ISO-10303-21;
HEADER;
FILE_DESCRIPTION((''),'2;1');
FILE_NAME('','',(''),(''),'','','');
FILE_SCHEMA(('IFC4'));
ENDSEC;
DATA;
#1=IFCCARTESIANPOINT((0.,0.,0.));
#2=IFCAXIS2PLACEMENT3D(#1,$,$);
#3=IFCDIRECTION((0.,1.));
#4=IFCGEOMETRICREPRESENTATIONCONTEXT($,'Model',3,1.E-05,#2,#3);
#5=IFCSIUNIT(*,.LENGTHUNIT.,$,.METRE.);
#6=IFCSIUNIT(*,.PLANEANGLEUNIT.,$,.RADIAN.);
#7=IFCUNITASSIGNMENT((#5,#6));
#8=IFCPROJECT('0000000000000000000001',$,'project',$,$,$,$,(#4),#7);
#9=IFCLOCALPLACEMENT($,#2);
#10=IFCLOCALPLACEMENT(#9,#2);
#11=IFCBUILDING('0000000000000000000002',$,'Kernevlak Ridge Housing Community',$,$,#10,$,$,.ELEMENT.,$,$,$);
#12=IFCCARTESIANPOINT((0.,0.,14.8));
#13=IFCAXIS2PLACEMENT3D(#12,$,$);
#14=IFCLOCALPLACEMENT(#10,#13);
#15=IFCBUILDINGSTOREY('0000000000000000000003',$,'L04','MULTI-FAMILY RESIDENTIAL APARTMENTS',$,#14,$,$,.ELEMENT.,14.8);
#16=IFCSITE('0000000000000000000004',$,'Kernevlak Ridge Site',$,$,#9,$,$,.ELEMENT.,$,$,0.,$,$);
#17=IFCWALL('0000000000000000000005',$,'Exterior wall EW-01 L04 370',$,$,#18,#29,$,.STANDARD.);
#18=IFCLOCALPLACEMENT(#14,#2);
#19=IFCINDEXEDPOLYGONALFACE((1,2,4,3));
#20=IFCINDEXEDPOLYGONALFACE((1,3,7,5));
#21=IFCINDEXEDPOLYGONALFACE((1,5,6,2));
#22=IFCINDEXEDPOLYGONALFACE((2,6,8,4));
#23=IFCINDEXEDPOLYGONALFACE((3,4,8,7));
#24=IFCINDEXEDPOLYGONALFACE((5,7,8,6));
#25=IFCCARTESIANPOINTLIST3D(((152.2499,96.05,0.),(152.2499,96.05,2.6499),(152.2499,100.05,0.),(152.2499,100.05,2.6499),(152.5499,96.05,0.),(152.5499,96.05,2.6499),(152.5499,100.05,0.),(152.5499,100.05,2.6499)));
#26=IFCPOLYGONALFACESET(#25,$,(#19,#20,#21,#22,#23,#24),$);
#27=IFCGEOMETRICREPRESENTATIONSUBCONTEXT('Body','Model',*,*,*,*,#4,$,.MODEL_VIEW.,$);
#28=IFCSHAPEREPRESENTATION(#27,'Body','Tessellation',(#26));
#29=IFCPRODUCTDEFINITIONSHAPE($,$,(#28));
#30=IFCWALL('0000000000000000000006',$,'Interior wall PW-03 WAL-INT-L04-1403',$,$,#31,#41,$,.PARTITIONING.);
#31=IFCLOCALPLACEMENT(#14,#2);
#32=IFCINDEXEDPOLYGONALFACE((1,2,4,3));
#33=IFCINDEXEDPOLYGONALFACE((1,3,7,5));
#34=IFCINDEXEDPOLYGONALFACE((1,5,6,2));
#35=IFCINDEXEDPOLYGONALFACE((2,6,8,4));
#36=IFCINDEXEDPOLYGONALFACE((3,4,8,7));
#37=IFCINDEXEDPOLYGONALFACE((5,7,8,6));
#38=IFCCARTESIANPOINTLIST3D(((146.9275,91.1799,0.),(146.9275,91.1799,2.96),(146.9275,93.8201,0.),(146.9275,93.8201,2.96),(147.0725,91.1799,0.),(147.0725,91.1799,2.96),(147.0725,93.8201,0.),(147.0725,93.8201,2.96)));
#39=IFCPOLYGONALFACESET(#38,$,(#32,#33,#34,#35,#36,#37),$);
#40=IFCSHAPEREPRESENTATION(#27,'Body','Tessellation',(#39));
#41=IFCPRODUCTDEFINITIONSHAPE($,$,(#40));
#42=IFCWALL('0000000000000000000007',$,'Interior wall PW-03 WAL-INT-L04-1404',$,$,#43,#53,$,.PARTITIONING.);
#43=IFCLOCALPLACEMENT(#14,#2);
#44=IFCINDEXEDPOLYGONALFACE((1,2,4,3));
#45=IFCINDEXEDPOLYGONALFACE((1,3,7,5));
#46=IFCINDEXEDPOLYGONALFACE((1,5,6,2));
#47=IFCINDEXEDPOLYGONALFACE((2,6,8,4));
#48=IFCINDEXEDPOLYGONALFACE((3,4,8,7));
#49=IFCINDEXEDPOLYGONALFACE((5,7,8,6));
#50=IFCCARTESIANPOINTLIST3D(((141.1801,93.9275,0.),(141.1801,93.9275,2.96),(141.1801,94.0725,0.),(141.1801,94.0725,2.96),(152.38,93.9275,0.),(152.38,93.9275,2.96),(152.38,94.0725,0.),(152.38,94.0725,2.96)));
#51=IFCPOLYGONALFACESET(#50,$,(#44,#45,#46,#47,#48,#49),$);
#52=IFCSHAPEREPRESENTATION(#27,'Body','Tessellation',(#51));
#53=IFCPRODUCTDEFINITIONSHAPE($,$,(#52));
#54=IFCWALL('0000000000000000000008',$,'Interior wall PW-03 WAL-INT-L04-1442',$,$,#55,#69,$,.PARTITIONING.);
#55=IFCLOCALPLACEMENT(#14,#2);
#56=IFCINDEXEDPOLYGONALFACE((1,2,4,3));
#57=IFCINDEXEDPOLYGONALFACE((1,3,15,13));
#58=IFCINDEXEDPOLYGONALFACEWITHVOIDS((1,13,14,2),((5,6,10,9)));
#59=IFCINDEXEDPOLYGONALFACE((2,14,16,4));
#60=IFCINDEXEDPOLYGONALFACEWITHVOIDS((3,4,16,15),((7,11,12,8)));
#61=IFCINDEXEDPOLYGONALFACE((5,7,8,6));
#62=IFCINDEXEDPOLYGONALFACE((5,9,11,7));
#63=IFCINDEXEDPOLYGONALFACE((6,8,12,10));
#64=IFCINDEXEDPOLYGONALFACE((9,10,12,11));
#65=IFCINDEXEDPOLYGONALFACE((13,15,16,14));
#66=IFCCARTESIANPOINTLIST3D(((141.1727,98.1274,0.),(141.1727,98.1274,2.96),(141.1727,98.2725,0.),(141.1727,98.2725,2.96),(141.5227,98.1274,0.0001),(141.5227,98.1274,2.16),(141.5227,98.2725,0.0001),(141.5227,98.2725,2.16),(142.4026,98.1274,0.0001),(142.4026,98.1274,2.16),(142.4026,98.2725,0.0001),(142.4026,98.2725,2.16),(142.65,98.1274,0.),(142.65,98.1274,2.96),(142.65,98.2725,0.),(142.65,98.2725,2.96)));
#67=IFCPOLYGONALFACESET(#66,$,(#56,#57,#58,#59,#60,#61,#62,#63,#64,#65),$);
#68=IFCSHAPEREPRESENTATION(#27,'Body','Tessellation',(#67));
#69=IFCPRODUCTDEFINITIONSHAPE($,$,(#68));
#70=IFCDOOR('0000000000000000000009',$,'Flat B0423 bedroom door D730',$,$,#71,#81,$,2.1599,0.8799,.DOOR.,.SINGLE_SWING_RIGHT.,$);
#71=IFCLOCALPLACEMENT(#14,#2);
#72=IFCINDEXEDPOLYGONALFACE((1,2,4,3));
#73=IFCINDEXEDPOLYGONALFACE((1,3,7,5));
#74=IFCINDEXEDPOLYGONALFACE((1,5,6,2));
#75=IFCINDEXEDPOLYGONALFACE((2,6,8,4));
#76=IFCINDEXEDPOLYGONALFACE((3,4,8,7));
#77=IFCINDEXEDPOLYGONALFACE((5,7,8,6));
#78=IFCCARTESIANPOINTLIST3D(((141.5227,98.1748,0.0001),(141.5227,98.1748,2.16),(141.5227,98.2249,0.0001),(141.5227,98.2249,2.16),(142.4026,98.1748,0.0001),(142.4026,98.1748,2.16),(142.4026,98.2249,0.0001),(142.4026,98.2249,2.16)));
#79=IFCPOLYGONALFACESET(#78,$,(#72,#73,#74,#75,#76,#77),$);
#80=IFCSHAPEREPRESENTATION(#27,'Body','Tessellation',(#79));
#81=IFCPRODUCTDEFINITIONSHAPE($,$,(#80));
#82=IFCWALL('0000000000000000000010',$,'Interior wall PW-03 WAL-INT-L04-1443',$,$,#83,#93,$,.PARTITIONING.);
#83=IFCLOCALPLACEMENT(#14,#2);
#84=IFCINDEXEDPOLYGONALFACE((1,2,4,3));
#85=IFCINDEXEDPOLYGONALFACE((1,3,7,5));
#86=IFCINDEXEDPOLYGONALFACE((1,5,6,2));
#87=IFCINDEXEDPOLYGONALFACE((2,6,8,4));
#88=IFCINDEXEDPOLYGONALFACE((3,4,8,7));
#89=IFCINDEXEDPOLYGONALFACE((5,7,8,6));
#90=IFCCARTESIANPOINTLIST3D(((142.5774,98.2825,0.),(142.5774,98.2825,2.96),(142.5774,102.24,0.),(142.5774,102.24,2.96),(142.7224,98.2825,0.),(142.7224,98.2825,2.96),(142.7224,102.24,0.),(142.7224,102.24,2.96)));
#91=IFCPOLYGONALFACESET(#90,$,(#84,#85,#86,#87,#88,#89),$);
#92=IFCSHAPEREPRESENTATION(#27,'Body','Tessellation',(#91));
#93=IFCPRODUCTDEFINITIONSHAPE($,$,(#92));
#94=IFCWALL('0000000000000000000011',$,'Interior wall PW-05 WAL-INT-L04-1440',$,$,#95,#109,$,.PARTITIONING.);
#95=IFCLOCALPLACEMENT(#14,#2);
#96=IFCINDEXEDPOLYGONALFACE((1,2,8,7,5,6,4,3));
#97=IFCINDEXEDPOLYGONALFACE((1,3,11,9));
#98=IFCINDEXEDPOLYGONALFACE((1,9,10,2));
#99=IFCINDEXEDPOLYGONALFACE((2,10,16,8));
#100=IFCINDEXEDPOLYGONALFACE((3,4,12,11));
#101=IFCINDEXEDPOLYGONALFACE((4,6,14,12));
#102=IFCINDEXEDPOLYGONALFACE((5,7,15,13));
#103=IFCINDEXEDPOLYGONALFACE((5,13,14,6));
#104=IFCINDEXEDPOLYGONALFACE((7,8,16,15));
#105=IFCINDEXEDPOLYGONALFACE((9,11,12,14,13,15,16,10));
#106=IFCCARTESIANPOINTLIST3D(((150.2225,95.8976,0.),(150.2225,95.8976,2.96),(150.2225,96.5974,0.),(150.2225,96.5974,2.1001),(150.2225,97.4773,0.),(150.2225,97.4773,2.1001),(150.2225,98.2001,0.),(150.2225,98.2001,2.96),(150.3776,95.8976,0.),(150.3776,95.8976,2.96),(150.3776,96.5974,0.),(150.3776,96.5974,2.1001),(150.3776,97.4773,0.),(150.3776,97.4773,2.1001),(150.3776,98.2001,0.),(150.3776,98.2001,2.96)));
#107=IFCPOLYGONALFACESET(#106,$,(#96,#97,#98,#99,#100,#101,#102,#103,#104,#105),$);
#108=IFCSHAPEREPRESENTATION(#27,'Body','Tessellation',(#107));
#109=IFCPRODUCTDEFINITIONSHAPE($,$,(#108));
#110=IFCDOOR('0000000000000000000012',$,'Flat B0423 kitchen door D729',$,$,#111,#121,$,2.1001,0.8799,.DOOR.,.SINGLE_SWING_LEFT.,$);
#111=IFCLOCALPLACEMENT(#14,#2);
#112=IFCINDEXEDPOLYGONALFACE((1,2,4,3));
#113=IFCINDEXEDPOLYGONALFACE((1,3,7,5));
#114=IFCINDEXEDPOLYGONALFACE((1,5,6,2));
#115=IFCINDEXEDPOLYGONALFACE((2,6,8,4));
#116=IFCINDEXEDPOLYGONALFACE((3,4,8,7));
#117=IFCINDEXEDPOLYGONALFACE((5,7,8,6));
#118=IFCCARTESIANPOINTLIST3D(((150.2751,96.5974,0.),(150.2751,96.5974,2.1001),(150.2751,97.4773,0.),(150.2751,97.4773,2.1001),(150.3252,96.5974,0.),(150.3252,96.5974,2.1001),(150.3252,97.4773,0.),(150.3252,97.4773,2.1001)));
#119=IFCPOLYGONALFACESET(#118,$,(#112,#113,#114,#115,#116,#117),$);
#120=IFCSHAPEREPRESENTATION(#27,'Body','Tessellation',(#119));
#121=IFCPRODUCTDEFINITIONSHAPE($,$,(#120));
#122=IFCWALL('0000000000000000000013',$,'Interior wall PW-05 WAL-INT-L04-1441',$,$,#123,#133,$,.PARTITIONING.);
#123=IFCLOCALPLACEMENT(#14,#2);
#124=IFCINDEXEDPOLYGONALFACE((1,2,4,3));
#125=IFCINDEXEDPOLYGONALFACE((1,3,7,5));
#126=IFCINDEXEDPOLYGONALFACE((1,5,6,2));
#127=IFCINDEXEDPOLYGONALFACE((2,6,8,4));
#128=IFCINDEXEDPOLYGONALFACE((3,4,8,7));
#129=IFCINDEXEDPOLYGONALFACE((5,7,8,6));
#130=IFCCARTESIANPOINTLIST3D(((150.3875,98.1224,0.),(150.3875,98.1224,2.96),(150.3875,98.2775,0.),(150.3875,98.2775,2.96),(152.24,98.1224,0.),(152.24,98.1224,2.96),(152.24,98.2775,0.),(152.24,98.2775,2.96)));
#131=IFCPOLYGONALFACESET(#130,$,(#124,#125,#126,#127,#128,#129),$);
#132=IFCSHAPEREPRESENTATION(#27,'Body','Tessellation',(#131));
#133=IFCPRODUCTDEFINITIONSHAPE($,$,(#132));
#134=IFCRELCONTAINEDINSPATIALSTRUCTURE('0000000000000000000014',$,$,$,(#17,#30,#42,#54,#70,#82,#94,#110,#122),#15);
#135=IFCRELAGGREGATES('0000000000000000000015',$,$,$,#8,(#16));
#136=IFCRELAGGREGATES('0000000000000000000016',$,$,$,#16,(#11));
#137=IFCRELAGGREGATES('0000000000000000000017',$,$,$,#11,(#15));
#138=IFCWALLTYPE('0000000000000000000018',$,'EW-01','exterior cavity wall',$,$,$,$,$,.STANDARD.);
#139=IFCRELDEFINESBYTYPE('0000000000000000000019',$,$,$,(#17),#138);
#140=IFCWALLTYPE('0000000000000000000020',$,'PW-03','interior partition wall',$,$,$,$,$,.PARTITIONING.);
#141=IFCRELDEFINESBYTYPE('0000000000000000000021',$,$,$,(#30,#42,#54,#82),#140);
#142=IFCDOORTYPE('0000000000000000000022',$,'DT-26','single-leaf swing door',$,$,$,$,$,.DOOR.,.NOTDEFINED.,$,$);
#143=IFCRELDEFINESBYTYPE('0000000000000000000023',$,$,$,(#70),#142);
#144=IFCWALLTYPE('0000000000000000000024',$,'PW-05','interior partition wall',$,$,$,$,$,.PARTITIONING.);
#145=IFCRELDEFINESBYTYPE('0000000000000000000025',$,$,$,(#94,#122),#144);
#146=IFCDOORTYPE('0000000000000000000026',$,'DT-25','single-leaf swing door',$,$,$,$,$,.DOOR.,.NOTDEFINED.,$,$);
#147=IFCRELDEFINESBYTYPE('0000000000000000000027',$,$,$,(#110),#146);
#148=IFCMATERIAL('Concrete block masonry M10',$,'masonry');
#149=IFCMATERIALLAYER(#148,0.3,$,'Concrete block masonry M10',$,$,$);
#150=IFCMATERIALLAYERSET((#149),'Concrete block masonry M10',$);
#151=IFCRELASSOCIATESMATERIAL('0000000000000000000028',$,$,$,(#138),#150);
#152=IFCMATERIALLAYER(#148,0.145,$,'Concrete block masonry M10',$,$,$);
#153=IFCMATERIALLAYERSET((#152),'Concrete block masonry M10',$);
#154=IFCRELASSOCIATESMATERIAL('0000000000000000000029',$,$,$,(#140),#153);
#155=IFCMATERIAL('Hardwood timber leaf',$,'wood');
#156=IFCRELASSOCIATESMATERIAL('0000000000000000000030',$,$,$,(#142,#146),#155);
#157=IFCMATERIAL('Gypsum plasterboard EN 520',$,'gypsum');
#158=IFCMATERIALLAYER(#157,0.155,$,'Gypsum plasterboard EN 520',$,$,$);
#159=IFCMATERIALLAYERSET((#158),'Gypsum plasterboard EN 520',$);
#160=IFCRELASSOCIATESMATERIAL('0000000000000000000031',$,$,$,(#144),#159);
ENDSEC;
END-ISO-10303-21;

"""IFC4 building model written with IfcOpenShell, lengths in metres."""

from ifc_helpers import new_model, si_unit, direction, frame, frame_2d, origin, place, context, subcontext, project, spatial, rectangle, extrude, material, layer, layer_set, type_object, element, fill, save


model = new_model("IFC4")

# Units and contexts
model_context = context("Model", 3, precision=1e-05, world=origin(), true_north=direction((0.0, 1.0)))
body_context = subcontext(model_context, "Body", "Model", "MODEL_VIEW")
ifc_project = project(units=[si_unit("LENGTHUNIT", "METRE"), si_unit("PLANEANGLEUNIT", "RADIAN")], contexts=[model_context])

# Site, building, storey
site_placement = place(None, origin())
site = spatial("IfcSite", under=ifc_project, at=site_placement, Name="Kernevlak Ridge Site", CompositionType="ELEMENT", RefElevation=0.0)
building_placement = place(site_placement, origin())
building = spatial("IfcBuilding", under=site, at=building_placement, Name="Kernevlak Ridge Housing Community", CompositionType="ELEMENT")
storey_placement = place(building_placement, frame((0.0, 0.0, 14.8)))
storey = spatial("IfcBuildingStorey", under=building, at=storey_placement, Name="L04", Description="MULTI-FAMILY RESIDENTIAL APARTMENTS", CompositionType="ELEMENT", Elevation=14.8)

# Shared definitions
ifc_material_1 = material(Name="Concrete block masonry M10", Category="masonry")
ifc_layer_1 = layer(ifc_material_1, 0.3, Name="Concrete block masonry M10")
ifc_layer_set_1 = layer_set([ifc_layer_1], Name="Concrete block masonry M10")
wall_type_1 = type_object("IfcWallType", Name="EW-01", Description="exterior cavity wall", PredefinedType="STANDARD", material=ifc_layer_set_1)

# Walls
wall_1_placement = place(storey_placement, frame((152.3999, 96.05, 0.0), z_axis=(0.0, 0.0, 1.0), x_axis=(0.0, 1.0, 0.0)))
element("IfcWall", 1, at=wall_1_placement, inside=storey, type_object=wall_type_1, Name="Exterior wall EW-01 L04 370", PredefinedType="STANDARD", context=body_context, shape_type="SweptSolid", body=[
    extrude(rectangle(XDim=4.0, YDim=0.3, at=frame_2d((2.0, 0.0))), origin(), (0.0, 0.0, 1.0), 2.6499),
])
ifc_layer_2 = layer(ifc_material_1, 0.145, Name="Concrete block masonry M10")
ifc_layer_set_2 = layer_set([ifc_layer_2], Name="Concrete block masonry M10")
wall_type_2 = type_object("IfcWallType", Name="PW-03", Description="interior partition wall", PredefinedType="PARTITIONING", material=ifc_layer_set_2)
wall_2_placement = place(storey_placement, frame((147.0, 91.1799, 0.0), z_axis=(0.0, 0.0, 1.0), x_axis=(0.0, 1.0, 0.0)))
element("IfcWall", 2, at=wall_2_placement, inside=storey, type_object=wall_type_2, Name="Interior wall PW-03 WAL-INT-L04-1403", PredefinedType="PARTITIONING", context=body_context, shape_type="SweptSolid", body=[
    extrude(rectangle(XDim=2.6401, YDim=0.145, at=frame_2d((1.3201, 0.0))), origin(), (0.0, 0.0, 1.0), 2.96),
])
wall_3_placement = place(storey_placement, frame((141.1799, 94.0, 0.0), z_axis=(0.0, 0.0, 1.0), x_axis=(1.0, 0.0, 0.0)))
element("IfcWall", 3, at=wall_3_placement, inside=storey, type_object=wall_type_2, Name="Interior wall PW-03 WAL-INT-L04-1404", PredefinedType="PARTITIONING", context=body_context, shape_type="SweptSolid", body=[
    extrude(rectangle(XDim=11.2, YDim=0.145, at=frame_2d((5.6001, 0.0))), origin(), (0.0, 0.0, 1.0), 2.96),
])

# Wall, opening, door
wall_4_placement = place(storey_placement, frame((141.1726, 98.2, 0.0), z_axis=(0.0, 0.0, 1.0), x_axis=(1.0, 0.0, 0.0)))
wall_4 = element("IfcWall", 4, at=wall_4_placement, inside=storey, type_object=wall_type_2, Name="Interior wall PW-03 WAL-INT-L04-1442", PredefinedType="PARTITIONING", context=body_context, shape_type="SweptSolid", body=[
    extrude(rectangle(XDim=1.4773, YDim=0.145, at=frame_2d((0.7388, 0.0))), origin(), (0.0, 0.0, 1.0), 2.96),
])
opening_1_placement = place(wall_4_placement, frame((0.3501, 0.0, 0.0)))
opening_1 = element("IfcOpeningElement", 5, at=opening_1_placement, cuts=wall_4, PredefinedType="OPENING", context=body_context, shape_type="SweptSolid", body=[
    extrude(rectangle(XDim=0.8799, YDim=2.1599, at=frame_2d((0.4399, 1.0801))), frame((0.0, 0.0825, 0.0), z_axis=(0.0, -1.0, 0.0), x_axis=(1.0, 0.0, 0.0)), (0.0, 0.0, 1.0), 0.165),
])
ifc_material_2 = material(Name="Hardwood timber leaf", Category="wood")
door_type_1 = type_object("IfcDoorType", Name="DT-26", Description="single-leaf swing door", OperationType="NOTDEFINED", PredefinedType="DOOR", material=ifc_material_2)
door_1_placement = place(opening_1_placement, origin())
door_1 = element("IfcDoor", 6, at=door_1_placement, inside=storey, type_object=door_type_1, Name="Flat B0423 bedroom door D730", OperationType="SINGLE_SWING_RIGHT", OverallHeight=2.1599, OverallWidth=0.8799, PredefinedType="DOOR", context=body_context, shape_type="SweptSolid", body=[
    extrude(rectangle(XDim=0.8799, YDim=2.1599, at=frame_2d((0.4399, 1.0801))), frame((0.0, 0.0249, 0.0), z_axis=(0.0, -1.0, 0.0), x_axis=(1.0, 0.0, 0.0)), (0.0, 0.0, 1.0), 0.05),
])
fill(opening_1, door_1)

# Wall
wall_5_placement = place(storey_placement, frame((142.6499, 98.2825, 0.0), z_axis=(0.0, 0.0, 1.0), x_axis=(0.0, 1.0, 0.0)))
element("IfcWall", 7, at=wall_5_placement, inside=storey, type_object=wall_type_2, Name="Interior wall PW-03 WAL-INT-L04-1443", PredefinedType="PARTITIONING", context=body_context, shape_type="SweptSolid", body=[
    extrude(rectangle(XDim=3.9575, YDim=0.145, at=frame_2d((1.9788, 0.0))), origin(), (0.0, 0.0, 1.0), 2.96),
])

# Wall, opening, door
ifc_material_3 = material(Name="Gypsum plasterboard EN 520", Category="gypsum")
ifc_layer_3 = layer(ifc_material_3, 0.155, Name="Gypsum plasterboard EN 520")
ifc_layer_set_3 = layer_set([ifc_layer_3], Name="Gypsum plasterboard EN 520")
wall_type_3 = type_object("IfcWallType", Name="PW-05", Description="interior partition wall", PredefinedType="PARTITIONING", material=ifc_layer_set_3)
wall_6_placement = place(storey_placement, frame((150.3, 95.8975, 0.0), z_axis=(0.0, 0.0, 1.0), x_axis=(0.0, 1.0, 0.0)))
wall_6 = element("IfcWall", 8, at=wall_6_placement, inside=storey, type_object=wall_type_3, Name="Interior wall PW-05 WAL-INT-L04-1440", PredefinedType="PARTITIONING", context=body_context, shape_type="SweptSolid", body=[
    extrude(rectangle(XDim=2.3025, YDim=0.155, at=frame_2d((1.1514, 0.0))), origin(), (0.0, 0.0, 1.0), 2.96),
])
opening_2_placement = place(wall_6_placement, frame((0.7, 0.0, 0.0)))
opening_2 = element("IfcOpeningElement", 9, at=opening_2_placement, cuts=wall_6, PredefinedType="OPENING", context=body_context, shape_type="SweptSolid", body=[
    extrude(rectangle(XDim=0.8799, YDim=2.1001, at=frame_2d((0.4399, 1.05))), frame((0.0, 0.0874, 0.0), z_axis=(0.0, -1.0, 0.0), x_axis=(1.0, 0.0, 0.0)), (0.0, 0.0, 1.0), 0.175),
])
door_type_2 = type_object("IfcDoorType", Name="DT-25", Description="single-leaf swing door", OperationType="NOTDEFINED", PredefinedType="DOOR", material=ifc_material_2)
door_2_placement = place(opening_2_placement, origin())
door_2 = element("IfcDoor", 10, at=door_2_placement, inside=storey, type_object=door_type_2, Name="Flat B0423 kitchen door D729", OperationType="SINGLE_SWING_LEFT", OverallHeight=2.1001, OverallWidth=0.8799, PredefinedType="DOOR", context=body_context, shape_type="SweptSolid", body=[
    extrude(rectangle(XDim=0.8799, YDim=2.1001, at=frame_2d((0.4399, 1.05))), frame((0.0, 0.0249, 0.0), z_axis=(0.0, -1.0, 0.0), x_axis=(1.0, 0.0, 0.0)), (0.0, 0.0, 1.0), 0.05),
])
fill(opening_2, door_2)

# Wall
wall_7_placement = place(storey_placement, frame((150.3875, 98.2, 0.0), z_axis=(0.0, 0.0, 1.0), x_axis=(1.0, 0.0, 0.0)))
element("IfcWall", 11, at=wall_7_placement, inside=storey, type_object=wall_type_3, Name="Interior wall PW-05 WAL-INT-L04-1441", PredefinedType="PARTITIONING", context=body_context, shape_type="SweptSolid", body=[
    extrude(rectangle(XDim=1.8525, YDim=0.155, at=frame_2d((0.9263, 0.0))), origin(), (0.0, 0.0, 1.0), 2.96),
])

save(model, "model.ifc")
